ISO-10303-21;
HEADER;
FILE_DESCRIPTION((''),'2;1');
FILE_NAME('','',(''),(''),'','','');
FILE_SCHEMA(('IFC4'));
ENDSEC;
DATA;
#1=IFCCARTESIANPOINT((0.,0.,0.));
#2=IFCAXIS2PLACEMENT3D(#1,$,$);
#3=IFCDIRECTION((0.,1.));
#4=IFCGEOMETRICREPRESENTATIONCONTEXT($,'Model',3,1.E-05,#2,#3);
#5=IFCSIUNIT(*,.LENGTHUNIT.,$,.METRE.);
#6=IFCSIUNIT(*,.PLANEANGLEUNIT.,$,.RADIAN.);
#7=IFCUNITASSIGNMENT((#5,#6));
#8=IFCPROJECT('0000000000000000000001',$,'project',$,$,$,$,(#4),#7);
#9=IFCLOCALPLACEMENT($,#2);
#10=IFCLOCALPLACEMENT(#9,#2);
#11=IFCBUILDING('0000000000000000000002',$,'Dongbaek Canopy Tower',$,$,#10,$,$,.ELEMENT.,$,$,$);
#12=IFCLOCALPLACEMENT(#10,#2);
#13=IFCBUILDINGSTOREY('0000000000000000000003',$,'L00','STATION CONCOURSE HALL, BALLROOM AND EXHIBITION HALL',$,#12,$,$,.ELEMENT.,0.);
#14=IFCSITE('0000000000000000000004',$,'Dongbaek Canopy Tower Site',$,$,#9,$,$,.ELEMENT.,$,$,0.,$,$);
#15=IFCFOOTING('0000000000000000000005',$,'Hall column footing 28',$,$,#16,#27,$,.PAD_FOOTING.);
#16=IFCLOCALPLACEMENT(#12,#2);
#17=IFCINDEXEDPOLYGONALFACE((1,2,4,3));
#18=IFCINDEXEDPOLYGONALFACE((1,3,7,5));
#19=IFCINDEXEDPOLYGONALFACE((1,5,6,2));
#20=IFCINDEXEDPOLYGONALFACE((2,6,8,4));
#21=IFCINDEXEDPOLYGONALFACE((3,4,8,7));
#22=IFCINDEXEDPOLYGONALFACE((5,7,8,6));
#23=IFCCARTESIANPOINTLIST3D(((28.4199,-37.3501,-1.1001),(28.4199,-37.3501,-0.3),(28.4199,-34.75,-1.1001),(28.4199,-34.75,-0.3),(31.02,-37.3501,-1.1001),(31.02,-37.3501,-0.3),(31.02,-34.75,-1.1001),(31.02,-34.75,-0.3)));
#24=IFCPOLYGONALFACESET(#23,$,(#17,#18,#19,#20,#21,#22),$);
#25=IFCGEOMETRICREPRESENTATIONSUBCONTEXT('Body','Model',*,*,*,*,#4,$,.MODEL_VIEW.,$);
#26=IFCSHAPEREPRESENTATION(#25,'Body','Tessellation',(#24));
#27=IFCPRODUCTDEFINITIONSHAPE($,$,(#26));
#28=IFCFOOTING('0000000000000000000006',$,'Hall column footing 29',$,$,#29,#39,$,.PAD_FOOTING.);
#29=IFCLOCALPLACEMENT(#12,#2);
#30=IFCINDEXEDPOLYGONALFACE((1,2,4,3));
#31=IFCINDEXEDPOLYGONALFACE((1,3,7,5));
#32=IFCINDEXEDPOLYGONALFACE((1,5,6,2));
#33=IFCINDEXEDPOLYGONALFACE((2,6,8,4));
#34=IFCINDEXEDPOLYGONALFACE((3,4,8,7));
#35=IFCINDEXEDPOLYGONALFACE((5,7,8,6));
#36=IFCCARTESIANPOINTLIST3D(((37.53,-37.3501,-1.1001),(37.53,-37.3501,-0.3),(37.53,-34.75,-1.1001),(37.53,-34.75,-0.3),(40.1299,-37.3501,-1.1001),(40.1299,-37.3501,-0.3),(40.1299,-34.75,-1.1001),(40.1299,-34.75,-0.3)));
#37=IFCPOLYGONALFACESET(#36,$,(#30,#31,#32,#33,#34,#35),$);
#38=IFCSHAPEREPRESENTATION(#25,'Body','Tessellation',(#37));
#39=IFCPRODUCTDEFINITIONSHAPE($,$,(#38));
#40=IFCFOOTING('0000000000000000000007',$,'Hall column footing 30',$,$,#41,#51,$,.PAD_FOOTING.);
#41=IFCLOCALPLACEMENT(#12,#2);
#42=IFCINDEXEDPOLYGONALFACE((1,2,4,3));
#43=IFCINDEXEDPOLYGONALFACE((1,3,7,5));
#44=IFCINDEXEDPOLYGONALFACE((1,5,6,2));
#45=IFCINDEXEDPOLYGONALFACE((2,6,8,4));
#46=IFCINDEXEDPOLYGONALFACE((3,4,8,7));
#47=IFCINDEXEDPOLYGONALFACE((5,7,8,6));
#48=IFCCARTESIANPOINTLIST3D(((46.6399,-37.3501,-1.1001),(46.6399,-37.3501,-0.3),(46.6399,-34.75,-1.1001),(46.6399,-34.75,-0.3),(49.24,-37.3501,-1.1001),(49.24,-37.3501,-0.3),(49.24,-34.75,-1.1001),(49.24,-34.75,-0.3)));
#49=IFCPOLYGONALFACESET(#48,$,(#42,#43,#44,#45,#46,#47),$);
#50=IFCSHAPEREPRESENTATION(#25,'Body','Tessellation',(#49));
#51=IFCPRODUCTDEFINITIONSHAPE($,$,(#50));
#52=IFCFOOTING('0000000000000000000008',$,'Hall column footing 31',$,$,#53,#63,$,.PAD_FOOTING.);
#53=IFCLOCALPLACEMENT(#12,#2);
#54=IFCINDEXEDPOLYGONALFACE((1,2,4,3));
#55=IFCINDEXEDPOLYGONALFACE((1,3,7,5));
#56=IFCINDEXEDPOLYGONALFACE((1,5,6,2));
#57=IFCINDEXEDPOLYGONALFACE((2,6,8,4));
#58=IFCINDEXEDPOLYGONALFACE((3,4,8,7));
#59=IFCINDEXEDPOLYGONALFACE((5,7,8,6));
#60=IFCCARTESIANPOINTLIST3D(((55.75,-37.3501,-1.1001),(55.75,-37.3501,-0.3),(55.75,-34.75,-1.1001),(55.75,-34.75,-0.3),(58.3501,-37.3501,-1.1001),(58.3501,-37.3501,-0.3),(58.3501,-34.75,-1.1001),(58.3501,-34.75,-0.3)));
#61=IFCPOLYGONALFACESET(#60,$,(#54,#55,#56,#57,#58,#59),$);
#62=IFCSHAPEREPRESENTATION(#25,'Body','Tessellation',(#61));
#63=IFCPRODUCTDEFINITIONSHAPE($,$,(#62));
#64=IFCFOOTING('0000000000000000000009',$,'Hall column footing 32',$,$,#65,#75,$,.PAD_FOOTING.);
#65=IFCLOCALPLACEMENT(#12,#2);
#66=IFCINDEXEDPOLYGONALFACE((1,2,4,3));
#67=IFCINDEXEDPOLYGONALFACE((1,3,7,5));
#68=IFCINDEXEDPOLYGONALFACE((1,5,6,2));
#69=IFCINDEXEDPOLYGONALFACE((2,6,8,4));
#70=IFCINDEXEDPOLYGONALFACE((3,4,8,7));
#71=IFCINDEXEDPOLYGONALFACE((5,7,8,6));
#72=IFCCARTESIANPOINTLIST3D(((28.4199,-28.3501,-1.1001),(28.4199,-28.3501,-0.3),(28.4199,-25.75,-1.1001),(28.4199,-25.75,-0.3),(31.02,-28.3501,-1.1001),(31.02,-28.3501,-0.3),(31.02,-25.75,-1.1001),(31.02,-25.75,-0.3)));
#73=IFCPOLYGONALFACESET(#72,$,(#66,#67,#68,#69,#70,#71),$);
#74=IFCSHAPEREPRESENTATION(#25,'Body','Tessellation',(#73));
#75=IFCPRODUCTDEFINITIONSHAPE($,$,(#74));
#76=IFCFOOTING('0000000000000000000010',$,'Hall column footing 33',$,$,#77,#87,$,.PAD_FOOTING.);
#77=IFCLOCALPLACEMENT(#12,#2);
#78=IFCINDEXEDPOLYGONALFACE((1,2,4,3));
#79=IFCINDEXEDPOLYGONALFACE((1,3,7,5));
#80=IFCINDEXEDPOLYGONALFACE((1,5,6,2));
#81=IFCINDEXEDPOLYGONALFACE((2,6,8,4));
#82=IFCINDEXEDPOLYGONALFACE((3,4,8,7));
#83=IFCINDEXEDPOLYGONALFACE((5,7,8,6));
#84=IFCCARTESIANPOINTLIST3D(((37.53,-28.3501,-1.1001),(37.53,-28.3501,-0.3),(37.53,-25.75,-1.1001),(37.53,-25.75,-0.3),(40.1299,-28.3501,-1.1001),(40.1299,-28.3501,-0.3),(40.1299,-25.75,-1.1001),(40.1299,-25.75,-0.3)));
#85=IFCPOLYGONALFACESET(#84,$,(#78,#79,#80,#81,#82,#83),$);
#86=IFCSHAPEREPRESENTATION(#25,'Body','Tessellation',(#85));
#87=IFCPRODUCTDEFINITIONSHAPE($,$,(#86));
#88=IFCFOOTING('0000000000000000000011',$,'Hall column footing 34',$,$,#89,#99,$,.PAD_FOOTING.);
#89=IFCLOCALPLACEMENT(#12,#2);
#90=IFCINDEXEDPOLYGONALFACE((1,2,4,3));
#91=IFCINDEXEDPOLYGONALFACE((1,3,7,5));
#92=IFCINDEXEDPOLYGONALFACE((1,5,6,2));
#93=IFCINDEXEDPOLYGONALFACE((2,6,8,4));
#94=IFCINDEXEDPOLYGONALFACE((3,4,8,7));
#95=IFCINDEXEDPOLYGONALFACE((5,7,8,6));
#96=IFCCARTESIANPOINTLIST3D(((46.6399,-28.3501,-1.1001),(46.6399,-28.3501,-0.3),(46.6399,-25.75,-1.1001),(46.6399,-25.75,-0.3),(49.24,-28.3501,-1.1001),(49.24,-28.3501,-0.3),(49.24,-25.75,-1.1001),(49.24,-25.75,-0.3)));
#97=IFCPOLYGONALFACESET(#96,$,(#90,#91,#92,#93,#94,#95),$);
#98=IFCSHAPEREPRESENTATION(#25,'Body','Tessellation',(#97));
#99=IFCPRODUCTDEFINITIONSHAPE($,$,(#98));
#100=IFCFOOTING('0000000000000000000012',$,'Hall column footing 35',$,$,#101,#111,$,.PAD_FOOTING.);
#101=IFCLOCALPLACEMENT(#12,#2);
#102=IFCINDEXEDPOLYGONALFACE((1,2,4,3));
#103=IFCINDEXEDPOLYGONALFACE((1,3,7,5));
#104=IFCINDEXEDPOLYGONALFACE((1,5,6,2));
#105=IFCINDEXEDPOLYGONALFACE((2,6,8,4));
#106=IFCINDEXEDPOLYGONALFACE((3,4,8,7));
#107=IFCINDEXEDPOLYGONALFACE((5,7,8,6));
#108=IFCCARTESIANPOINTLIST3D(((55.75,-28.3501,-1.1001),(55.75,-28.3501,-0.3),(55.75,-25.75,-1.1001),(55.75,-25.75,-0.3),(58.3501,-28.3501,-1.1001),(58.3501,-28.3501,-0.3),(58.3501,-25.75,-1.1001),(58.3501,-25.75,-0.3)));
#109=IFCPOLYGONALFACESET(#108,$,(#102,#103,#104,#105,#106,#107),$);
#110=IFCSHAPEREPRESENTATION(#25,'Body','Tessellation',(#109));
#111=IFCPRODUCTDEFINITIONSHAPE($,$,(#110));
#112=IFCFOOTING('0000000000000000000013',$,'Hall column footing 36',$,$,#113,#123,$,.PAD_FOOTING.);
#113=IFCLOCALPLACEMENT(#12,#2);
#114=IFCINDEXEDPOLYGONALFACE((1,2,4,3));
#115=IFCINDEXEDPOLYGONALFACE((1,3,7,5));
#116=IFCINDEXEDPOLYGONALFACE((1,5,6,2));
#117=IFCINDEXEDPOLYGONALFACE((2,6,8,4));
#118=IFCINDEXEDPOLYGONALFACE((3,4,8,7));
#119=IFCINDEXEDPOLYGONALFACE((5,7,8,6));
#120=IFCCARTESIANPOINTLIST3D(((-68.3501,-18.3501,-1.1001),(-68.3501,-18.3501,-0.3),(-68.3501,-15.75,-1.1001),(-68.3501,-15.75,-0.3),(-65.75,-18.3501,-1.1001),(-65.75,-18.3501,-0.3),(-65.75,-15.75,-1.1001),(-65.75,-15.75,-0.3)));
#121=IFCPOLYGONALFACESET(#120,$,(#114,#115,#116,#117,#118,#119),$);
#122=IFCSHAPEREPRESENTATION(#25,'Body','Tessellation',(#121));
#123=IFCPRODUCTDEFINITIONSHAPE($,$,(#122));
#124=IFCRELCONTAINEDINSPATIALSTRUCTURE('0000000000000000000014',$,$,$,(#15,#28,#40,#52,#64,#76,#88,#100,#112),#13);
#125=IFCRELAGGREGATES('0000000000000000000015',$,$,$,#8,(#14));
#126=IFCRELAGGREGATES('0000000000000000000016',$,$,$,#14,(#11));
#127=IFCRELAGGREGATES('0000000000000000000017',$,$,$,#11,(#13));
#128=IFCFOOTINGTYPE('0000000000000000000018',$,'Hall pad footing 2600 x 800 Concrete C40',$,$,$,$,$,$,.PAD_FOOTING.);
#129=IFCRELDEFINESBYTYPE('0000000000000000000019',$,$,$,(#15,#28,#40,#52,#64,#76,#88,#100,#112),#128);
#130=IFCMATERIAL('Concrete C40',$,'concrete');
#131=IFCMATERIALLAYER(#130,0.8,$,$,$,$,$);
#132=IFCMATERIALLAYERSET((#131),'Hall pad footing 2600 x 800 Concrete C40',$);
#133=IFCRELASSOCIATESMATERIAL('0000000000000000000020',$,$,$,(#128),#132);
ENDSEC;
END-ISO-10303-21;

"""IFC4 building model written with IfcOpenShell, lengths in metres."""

from ifc_helpers import new_model, si_unit, direction, frame, origin, place, context, subcontext, project, spatial, polyline, outline, extrude, material, layer, layer_set, type_object, element, save


model = new_model("IFC4")

# Units and contexts
model_context = context("Model", 3, precision=1e-05, world=origin(), true_north=direction((0.0, 1.0)))
body_context = subcontext(model_context, "Body", "Model", "MODEL_VIEW")
ifc_project = project(units=[si_unit("LENGTHUNIT", "METRE"), si_unit("PLANEANGLEUNIT", "RADIAN")], contexts=[model_context])

# Site, building, storey
site_placement = place(None, origin())
site = spatial("IfcSite", under=ifc_project, at=site_placement, Name="Dongbaek Canopy Tower Site", CompositionType="ELEMENT", RefElevation=0.0)
building_placement = place(site_placement, origin())
building = spatial("IfcBuilding", under=site, at=building_placement, Name="Dongbaek Canopy Tower", CompositionType="ELEMENT")
storey_placement = place(building_placement, origin())
storey = spatial("IfcBuildingStorey", under=building, at=storey_placement, Name="L00", Description="STATION CONCOURSE HALL, BALLROOM AND EXHIBITION HALL", CompositionType="ELEMENT", Elevation=0.0)

# Footings
ifc_material = material(Name="Concrete C40", Category="concrete")
ifc_layer = layer(ifc_material, 0.8)
ifc_layer_set = layer_set([ifc_layer], Name="Hall pad footing 2600 x 800 Concrete C40")
footing_type = type_object("IfcFootingType", Name="Hall pad footing 2600 x 800 Concrete C40", PredefinedType="PAD_FOOTING", material=ifc_layer_set)
footing_1_placement = place(storey_placement, frame((0.0, 0.0, -1.1001)))
element("IfcFooting", 1, at=footing_1_placement, inside=storey, type_object=footing_type, Name="Hall column footing 28", PredefinedType="PAD_FOOTING", context=body_context, shape_type="SweptSolid", body=[
    extrude(outline(polyline([(28.4199, -37.3501), (31.02, -37.3501), (31.02, -34.75), (28.4199, -34.75), (28.4199, -37.3501)])), origin(), (0.0, 0.0, 1.0), 0.8),
])
footing_2_placement = place(storey_placement, frame((0.0, 0.0, -1.1001)))
element("IfcFooting", 2, at=footing_2_placement, inside=storey, type_object=footing_type, Name="Hall column footing 29", PredefinedType="PAD_FOOTING", context=body_context, shape_type="SweptSolid", body=[
    extrude(outline(polyline([(37.53, -37.3501), (40.1299, -37.3501), (40.1299, -34.75), (37.53, -34.75), (37.53, -37.3501)])), origin(), (0.0, 0.0, 1.0), 0.8),
])
footing_3_placement = place(storey_placement, frame((0.0, 0.0, -1.1001)))
element("IfcFooting", 3, at=footing_3_placement, inside=storey, type_object=footing_type, Name="Hall column footing 30", PredefinedType="PAD_FOOTING", context=body_context, shape_type="SweptSolid", body=[
    extrude(outline(polyline([(46.6399, -37.3501), (49.24, -37.3501), (49.24, -34.75), (46.6399, -34.75), (46.6399, -37.3501)])), origin(), (0.0, 0.0, 1.0), 0.8),
])
footing_4_placement = place(storey_placement, frame((0.0, 0.0, -1.1001)))
element("IfcFooting", 4, at=footing_4_placement, inside=storey, type_object=footing_type, Name="Hall column footing 31", PredefinedType="PAD_FOOTING", context=body_context, shape_type="SweptSolid", body=[
    extrude(outline(polyline([(55.75, -37.3501), (58.3501, -37.3501), (58.3501, -34.75), (55.75, -34.75), (55.75, -37.3501)])), origin(), (0.0, 0.0, 1.0), 0.8),
])
footing_5_placement = place(storey_placement, frame((0.0, 0.0, -1.1001)))
element("IfcFooting", 5, at=footing_5_placement, inside=storey, type_object=footing_type, Name="Hall column footing 32", PredefinedType="PAD_FOOTING", context=body_context, shape_type="SweptSolid", body=[
    extrude(outline(polyline([(28.4199, -28.3501), (31.02, -28.3501), (31.02, -25.75), (28.4199, -25.75), (28.4199, -28.3501)])), origin(), (0.0, 0.0, 1.0), 0.8),
])
footing_6_placement = place(storey_placement, frame((0.0, 0.0, -1.1001)))
element("IfcFooting", 6, at=footing_6_placement, inside=storey, type_object=footing_type, Name="Hall column footing 33", PredefinedType="PAD_FOOTING", context=body_context, shape_type="SweptSolid", body=[
    extrude(outline(polyline([(37.53, -28.3501), (40.1299, -28.3501), (40.1299, -25.75), (37.53, -25.75), (37.53, -28.3501)])), origin(), (0.0, 0.0, 1.0), 0.8),
])
footing_7_placement = place(storey_placement, frame((0.0, 0.0, -1.1001)))
element("IfcFooting", 7, at=footing_7_placement, inside=storey, type_object=footing_type, Name="Hall column footing 34", PredefinedType="PAD_FOOTING", context=body_context, shape_type="SweptSolid", body=[
    extrude(outline(polyline([(46.6399, -28.3501), (49.24, -28.3501), (49.24, -25.75), (46.6399, -25.75), (46.6399, -28.3501)])), origin(), (0.0, 0.0, 1.0), 0.8),
])
footing_8_placement = place(storey_placement, frame((0.0, 0.0, -1.1001)))
element("IfcFooting", 8, at=footing_8_placement, inside=storey, type_object=footing_type, Name="Hall column footing 35", PredefinedType="PAD_FOOTING", context=body_context, shape_type="SweptSolid", body=[
    extrude(outline(polyline([(55.75, -28.3501), (58.3501, -28.3501), (58.3501, -25.75), (55.75, -25.75), (55.75, -28.3501)])), origin(), (0.0, 0.0, 1.0), 0.8),
])
footing_9_placement = place(storey_placement, frame((0.0, 0.0, -1.1001)))
element("IfcFooting", 9, at=footing_9_placement, inside=storey, type_object=footing_type, Name="Hall column footing 36", PredefinedType="PAD_FOOTING", context=body_context, shape_type="SweptSolid", body=[
    extrude(outline(polyline([(-68.3501, -18.3501), (-65.75, -18.3501), (-65.75, -15.75), (-68.3501, -15.75), (-68.3501, -18.3501)])), origin(), (0.0, 0.0, 1.0), 0.8),
])

save(model, "model.ifc")
